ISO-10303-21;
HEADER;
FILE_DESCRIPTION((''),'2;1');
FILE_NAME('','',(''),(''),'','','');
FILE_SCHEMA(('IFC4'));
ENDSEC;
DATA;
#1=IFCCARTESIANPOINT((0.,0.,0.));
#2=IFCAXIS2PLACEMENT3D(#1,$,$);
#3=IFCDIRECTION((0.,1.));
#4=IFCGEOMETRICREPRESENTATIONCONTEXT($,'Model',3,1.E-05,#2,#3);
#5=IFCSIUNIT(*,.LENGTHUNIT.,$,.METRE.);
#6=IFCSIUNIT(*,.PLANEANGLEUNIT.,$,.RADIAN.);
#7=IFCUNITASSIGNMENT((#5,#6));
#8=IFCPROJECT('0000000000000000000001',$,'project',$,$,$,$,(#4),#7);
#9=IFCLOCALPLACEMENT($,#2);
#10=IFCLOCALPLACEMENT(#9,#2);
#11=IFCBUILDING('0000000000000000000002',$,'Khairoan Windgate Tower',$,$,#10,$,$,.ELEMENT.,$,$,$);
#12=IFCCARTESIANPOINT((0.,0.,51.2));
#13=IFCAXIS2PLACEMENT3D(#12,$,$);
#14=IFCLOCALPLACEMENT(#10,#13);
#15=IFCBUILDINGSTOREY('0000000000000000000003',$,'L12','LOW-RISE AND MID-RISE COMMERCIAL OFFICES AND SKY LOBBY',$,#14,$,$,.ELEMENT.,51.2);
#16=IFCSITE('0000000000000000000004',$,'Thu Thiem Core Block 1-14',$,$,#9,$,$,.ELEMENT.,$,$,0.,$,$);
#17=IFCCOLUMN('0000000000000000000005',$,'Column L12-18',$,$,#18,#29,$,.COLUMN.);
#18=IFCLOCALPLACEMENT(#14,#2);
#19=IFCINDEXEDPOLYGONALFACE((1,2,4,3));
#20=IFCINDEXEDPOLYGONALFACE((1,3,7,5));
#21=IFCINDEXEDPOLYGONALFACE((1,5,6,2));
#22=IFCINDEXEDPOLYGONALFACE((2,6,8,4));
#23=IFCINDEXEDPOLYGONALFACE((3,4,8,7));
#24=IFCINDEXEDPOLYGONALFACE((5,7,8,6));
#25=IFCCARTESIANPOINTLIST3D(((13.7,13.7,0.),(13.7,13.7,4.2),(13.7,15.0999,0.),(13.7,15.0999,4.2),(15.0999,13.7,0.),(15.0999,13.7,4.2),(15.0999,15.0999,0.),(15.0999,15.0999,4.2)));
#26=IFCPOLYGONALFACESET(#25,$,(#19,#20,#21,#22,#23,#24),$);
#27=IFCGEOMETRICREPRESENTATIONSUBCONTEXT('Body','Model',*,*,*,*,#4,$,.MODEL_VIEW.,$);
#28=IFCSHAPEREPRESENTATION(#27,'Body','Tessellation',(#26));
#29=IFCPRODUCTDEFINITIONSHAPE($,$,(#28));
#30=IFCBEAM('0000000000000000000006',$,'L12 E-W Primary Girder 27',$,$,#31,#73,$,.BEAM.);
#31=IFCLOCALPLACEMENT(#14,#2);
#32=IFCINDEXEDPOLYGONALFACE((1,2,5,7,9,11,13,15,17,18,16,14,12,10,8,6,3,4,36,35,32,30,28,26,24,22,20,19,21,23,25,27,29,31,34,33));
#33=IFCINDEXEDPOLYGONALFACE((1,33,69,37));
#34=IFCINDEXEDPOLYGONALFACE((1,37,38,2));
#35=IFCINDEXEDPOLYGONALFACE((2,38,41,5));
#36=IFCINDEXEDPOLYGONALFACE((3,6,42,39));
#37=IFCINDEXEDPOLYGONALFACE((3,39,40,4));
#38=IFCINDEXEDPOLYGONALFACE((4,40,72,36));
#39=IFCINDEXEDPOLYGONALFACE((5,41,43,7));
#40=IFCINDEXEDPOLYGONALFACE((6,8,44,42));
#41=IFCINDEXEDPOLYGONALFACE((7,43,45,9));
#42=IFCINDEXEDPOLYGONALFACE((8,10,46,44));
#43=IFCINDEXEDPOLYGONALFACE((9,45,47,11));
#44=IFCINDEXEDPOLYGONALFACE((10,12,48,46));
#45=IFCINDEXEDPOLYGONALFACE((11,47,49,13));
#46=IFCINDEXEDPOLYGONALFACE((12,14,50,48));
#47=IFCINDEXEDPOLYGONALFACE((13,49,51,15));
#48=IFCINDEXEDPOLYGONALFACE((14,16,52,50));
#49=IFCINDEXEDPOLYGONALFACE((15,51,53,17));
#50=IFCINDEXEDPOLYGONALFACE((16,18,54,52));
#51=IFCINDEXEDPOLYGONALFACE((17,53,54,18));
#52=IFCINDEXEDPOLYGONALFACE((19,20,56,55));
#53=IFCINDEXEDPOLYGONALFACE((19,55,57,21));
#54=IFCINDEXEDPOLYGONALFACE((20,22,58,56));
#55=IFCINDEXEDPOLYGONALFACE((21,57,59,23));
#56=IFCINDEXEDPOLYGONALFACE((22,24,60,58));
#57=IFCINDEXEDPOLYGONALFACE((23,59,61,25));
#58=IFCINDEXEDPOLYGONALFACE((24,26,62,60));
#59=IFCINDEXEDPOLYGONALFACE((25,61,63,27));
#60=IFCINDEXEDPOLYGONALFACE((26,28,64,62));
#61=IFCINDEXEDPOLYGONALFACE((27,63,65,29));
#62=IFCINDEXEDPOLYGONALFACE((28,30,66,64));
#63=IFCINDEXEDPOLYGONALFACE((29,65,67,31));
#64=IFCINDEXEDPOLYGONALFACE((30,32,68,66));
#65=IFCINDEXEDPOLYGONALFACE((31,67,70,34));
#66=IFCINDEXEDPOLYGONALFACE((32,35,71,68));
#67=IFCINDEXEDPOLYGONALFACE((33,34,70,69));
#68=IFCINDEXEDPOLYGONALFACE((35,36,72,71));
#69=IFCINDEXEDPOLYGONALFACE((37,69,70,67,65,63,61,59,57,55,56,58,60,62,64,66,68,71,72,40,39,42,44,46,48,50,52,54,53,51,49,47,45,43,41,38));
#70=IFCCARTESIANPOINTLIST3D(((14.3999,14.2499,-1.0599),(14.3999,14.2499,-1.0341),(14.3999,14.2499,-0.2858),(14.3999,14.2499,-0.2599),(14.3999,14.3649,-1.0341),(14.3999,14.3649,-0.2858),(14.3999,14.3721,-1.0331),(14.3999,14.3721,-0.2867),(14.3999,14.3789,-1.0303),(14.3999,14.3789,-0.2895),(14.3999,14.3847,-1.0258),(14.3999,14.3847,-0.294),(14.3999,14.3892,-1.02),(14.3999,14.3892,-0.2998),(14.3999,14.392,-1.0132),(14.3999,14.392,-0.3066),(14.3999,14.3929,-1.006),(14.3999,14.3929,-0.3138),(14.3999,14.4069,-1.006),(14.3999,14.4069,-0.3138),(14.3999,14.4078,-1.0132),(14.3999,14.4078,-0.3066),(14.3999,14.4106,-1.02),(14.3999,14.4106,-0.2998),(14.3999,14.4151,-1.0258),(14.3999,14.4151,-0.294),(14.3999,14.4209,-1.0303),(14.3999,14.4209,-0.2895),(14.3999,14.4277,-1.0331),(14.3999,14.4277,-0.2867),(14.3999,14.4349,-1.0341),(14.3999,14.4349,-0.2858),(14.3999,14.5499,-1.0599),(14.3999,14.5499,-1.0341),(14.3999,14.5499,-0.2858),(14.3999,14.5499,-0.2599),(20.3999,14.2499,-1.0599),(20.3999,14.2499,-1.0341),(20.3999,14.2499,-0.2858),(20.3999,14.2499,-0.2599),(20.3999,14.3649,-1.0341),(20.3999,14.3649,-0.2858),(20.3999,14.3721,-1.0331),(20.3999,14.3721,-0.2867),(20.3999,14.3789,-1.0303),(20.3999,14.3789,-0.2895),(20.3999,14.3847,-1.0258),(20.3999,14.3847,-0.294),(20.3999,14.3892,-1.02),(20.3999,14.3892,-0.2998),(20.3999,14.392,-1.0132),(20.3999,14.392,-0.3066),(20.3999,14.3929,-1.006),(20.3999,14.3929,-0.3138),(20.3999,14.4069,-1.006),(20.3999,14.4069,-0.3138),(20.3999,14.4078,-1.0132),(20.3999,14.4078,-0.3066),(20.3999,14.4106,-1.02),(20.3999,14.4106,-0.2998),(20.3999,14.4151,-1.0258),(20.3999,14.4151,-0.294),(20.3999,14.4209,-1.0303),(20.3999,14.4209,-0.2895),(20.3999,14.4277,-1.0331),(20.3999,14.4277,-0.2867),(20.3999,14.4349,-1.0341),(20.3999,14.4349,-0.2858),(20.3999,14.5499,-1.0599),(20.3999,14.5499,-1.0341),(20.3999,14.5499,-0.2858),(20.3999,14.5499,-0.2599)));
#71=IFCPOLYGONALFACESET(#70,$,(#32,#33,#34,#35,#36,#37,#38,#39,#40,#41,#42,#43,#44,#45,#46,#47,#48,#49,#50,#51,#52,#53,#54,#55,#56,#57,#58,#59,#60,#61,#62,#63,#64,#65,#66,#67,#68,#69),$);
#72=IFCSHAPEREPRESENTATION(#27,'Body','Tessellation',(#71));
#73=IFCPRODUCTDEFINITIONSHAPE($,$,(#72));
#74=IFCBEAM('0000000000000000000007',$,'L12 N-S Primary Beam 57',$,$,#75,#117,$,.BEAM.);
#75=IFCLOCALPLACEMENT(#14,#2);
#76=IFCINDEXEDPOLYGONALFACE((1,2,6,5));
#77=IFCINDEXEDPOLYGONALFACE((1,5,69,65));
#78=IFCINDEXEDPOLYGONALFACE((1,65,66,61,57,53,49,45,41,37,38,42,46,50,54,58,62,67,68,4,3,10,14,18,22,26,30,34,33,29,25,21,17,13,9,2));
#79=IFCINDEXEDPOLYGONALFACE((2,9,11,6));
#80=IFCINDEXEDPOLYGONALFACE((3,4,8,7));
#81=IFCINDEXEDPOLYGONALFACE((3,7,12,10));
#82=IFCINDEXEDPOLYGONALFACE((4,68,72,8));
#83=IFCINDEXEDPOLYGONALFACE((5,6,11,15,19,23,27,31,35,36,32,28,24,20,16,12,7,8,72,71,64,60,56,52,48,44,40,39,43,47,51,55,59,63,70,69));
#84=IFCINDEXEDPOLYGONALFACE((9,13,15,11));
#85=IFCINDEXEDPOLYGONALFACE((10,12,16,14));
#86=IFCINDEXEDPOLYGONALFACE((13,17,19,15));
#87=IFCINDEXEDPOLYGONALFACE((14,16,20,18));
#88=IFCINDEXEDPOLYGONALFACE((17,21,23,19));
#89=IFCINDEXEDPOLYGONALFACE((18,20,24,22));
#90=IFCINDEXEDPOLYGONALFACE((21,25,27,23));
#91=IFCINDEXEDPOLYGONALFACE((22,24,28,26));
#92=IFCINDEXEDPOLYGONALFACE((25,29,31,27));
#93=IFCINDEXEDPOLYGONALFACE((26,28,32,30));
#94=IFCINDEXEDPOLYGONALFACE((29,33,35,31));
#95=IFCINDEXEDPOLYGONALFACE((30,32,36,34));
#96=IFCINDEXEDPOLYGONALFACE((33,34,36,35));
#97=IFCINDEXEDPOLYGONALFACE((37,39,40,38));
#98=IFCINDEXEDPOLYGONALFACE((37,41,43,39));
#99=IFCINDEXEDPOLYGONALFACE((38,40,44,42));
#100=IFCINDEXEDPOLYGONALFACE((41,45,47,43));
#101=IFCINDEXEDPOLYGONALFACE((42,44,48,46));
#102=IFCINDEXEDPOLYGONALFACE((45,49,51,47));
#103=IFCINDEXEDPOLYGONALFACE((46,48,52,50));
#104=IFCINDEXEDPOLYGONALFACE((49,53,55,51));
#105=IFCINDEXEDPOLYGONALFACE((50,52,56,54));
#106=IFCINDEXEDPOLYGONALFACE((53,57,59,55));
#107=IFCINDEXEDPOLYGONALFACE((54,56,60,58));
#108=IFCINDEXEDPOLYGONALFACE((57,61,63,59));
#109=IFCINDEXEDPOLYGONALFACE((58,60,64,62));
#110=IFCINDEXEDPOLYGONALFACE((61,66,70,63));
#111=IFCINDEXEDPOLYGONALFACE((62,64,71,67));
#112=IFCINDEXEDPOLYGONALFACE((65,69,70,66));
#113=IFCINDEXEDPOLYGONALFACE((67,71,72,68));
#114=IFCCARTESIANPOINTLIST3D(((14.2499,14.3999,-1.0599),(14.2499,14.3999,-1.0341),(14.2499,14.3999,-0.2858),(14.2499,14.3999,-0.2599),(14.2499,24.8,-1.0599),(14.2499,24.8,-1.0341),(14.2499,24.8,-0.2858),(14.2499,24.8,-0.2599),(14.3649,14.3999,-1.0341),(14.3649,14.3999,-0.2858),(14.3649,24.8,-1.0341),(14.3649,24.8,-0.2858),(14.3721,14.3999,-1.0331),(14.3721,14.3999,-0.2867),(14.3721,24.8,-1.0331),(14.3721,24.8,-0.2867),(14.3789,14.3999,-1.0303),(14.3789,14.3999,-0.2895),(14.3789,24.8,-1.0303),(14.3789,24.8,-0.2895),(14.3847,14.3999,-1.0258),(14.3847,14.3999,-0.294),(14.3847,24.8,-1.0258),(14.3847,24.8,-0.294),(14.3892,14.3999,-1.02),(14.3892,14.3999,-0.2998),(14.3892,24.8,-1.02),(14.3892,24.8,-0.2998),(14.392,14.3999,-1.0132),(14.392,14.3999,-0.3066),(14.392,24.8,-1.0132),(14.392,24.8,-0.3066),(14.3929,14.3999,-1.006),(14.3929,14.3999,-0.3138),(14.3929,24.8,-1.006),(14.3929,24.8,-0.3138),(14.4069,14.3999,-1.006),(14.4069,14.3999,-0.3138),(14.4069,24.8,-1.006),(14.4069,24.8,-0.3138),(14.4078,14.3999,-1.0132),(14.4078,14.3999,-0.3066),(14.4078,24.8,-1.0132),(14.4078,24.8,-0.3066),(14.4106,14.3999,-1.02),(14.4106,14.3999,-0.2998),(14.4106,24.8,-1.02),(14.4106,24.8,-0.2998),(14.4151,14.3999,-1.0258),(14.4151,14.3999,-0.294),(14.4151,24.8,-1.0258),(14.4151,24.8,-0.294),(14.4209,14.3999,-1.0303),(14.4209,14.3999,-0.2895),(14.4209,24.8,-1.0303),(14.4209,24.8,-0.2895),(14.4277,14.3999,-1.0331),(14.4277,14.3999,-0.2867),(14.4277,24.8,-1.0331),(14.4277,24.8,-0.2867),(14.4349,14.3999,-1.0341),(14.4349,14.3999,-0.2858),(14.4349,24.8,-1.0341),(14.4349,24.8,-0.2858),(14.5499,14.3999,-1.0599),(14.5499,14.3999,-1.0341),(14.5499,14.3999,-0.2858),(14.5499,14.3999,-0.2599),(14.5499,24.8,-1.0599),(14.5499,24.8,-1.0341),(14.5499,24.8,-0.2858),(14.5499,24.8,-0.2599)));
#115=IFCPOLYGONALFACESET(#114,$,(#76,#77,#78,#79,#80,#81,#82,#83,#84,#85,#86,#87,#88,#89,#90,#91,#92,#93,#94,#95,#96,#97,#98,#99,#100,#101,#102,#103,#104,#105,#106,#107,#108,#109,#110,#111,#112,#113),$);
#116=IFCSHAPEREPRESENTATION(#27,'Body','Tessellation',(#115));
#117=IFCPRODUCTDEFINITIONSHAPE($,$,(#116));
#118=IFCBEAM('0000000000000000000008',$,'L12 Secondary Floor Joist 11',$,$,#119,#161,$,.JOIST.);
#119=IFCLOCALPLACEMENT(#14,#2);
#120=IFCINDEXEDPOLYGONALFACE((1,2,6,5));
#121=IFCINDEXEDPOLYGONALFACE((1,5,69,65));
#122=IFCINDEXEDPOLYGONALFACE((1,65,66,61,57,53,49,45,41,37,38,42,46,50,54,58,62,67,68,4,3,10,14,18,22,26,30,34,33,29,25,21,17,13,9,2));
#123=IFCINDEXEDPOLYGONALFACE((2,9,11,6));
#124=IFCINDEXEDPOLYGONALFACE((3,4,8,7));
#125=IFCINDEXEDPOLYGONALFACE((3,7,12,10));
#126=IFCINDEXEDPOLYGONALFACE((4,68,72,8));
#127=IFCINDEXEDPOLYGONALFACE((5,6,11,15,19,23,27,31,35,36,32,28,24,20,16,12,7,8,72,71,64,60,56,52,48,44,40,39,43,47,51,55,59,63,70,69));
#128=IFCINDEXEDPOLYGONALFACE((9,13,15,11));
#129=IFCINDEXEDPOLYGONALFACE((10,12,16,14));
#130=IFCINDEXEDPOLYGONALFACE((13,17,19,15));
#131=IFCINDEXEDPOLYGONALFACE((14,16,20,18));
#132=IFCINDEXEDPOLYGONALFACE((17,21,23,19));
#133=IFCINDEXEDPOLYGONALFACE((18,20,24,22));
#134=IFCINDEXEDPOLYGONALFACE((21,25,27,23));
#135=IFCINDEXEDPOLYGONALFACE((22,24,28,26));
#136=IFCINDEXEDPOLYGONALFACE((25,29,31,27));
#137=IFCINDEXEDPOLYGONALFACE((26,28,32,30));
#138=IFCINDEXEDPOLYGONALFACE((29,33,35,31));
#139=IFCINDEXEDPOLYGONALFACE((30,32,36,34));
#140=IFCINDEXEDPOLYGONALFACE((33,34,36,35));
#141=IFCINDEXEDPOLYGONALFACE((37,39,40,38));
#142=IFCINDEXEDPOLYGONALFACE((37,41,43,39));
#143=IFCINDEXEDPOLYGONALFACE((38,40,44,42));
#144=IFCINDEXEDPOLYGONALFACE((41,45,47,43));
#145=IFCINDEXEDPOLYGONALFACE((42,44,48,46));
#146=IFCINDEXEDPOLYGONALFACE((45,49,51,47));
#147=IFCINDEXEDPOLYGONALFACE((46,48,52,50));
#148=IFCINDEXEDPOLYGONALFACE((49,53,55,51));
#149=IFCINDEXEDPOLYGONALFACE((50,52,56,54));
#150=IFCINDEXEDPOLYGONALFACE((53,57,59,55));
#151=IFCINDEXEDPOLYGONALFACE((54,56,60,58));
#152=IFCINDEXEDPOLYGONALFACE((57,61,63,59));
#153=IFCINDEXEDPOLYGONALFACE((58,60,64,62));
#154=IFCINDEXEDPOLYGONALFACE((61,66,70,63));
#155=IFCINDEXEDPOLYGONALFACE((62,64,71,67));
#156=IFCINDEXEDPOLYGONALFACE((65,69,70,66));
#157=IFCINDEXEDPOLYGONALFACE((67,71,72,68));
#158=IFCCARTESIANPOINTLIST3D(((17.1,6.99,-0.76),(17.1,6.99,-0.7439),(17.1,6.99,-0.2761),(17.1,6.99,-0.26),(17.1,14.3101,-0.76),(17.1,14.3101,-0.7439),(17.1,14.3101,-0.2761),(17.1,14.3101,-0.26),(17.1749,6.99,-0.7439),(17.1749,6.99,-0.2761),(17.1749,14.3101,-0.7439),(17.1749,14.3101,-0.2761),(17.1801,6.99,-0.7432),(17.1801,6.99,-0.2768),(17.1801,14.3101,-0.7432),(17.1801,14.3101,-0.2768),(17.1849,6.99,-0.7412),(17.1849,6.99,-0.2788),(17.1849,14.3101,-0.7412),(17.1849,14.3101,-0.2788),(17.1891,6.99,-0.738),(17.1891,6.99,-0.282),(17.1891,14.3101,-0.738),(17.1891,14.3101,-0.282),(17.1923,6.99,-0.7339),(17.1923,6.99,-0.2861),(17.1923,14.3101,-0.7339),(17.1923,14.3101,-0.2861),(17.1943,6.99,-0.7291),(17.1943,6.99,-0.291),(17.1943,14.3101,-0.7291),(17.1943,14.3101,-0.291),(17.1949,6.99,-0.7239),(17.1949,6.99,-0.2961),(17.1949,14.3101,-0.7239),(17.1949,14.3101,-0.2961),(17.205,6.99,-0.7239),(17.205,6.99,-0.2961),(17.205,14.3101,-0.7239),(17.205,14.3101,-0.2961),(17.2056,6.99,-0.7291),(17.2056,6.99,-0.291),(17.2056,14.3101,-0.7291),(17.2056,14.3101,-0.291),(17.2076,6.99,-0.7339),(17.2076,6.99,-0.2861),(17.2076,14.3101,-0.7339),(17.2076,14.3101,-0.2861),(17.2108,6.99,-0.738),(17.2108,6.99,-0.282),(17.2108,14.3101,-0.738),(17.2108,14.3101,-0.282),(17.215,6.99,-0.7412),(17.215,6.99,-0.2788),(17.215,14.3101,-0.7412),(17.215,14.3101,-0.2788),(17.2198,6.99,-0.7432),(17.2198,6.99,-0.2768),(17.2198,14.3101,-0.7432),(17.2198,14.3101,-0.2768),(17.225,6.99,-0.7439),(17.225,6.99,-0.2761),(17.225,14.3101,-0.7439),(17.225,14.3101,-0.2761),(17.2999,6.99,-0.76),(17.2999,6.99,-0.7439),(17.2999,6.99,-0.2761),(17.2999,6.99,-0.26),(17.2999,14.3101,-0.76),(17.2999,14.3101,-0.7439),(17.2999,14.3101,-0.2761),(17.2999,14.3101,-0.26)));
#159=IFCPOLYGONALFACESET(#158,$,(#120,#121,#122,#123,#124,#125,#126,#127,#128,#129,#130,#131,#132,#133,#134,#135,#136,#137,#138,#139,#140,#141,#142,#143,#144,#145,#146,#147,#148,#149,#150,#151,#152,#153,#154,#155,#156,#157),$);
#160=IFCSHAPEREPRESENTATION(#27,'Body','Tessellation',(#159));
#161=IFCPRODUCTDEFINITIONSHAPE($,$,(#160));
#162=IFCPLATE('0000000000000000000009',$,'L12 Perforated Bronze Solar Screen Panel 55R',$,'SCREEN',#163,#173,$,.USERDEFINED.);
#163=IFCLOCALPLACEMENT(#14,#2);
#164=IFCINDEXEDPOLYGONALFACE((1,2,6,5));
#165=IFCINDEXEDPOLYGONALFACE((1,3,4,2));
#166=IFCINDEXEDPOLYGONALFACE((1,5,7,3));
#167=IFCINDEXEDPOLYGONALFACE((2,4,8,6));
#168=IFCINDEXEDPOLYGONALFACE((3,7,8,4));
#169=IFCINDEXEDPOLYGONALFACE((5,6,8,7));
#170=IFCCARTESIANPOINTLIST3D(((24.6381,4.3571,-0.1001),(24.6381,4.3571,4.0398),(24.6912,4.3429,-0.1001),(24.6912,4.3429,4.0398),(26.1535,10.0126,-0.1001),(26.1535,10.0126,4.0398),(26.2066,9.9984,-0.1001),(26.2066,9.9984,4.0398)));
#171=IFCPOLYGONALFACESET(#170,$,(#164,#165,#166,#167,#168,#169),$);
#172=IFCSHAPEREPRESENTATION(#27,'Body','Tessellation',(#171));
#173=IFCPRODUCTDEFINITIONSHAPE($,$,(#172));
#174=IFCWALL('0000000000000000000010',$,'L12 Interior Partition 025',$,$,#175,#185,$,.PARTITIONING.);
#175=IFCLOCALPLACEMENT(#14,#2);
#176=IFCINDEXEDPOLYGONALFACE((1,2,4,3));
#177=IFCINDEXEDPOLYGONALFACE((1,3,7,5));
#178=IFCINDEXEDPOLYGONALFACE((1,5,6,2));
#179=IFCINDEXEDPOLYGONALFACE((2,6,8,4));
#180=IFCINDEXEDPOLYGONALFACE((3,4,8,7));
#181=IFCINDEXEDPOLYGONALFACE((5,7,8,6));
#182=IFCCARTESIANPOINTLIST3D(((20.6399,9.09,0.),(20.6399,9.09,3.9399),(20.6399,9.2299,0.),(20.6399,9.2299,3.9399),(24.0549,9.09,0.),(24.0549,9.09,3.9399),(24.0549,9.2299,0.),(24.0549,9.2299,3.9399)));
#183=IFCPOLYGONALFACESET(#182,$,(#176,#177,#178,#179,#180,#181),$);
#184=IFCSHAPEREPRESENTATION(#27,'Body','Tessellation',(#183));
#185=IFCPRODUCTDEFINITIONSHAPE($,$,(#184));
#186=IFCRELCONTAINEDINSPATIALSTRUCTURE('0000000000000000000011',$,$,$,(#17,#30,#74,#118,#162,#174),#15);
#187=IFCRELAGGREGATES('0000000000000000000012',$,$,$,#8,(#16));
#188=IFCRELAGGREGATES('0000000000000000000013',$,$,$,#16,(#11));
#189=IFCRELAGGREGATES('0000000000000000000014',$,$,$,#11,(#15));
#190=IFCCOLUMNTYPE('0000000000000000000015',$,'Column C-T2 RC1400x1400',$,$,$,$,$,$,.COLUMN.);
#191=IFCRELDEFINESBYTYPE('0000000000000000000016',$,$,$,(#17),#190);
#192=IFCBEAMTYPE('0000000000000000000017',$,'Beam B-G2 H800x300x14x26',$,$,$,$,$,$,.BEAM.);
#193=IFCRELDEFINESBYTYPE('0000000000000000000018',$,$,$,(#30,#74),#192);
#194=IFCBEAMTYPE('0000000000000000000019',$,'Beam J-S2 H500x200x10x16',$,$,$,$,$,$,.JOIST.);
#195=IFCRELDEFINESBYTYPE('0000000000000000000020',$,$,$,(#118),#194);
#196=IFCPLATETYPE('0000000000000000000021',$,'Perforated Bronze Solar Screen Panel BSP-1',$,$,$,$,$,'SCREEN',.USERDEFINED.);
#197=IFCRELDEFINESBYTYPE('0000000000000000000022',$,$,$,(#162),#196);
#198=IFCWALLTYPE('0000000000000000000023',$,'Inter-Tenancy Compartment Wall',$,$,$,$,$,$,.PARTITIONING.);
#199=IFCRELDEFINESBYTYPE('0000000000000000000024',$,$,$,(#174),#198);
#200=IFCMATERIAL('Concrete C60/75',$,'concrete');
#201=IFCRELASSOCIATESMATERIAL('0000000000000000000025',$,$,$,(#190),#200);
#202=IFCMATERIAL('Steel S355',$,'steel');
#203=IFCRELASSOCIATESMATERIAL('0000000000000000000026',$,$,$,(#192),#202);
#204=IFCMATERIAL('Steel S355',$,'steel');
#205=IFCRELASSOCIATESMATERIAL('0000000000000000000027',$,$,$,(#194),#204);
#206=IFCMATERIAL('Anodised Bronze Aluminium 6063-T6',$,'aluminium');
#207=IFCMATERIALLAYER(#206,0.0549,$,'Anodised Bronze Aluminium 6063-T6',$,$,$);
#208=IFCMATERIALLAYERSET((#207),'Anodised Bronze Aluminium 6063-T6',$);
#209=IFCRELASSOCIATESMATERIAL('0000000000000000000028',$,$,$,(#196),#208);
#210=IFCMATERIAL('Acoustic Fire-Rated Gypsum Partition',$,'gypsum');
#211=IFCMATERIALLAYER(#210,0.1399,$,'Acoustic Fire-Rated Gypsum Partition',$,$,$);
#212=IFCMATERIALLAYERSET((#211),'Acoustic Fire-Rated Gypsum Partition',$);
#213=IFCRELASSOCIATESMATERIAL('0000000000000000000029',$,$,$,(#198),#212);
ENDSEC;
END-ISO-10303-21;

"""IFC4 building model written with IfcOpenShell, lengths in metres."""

from ifc_helpers import new_model, si_unit, direction, frame, frame_2d, origin, origin_2d, place, context, subcontext, project, spatial, rectangle, i_section, extrude, material, layer, layer_set, material_profile, profile_set, type_object, element, save


model = new_model("IFC4")

# Units and contexts
model_context = context("Model", 3, precision=1e-05, world=origin(), true_north=direction((0.0, 1.0)))
body_context = subcontext(model_context, "Body", "Model", "MODEL_VIEW")
ifc_project = project(units=[si_unit("LENGTHUNIT", "METRE"), si_unit("PLANEANGLEUNIT", "RADIAN")], contexts=[model_context])

# Site, building, storey
site_placement = place(None, origin())
site = spatial("IfcSite", under=ifc_project, at=site_placement, Name="Thu Thiem Core Block 1-14", CompositionType="ELEMENT", RefElevation=0.0)
building_placement = place(site_placement, origin())
building = spatial("IfcBuilding", under=site, at=building_placement, Name="Khairoan Windgate Tower", CompositionType="ELEMENT")
storey_placement = place(building_placement, frame((0.0, 0.0, 51.2)))
storey = spatial("IfcBuildingStorey", under=building, at=storey_placement, Name="L12", Description="LOW-RISE AND MID-RISE COMMERCIAL OFFICES AND SKY LOBBY", CompositionType="ELEMENT", Elevation=51.2)

# Column
ifc_material_1 = material(Name="Concrete C60/75", Category="concrete")
ifc_material_profile_1 = material_profile(ifc_material_1, rectangle(XDim=1.3999, YDim=1.3999, at=origin_2d()))
ifc_profile_set_1 = profile_set([ifc_material_profile_1], Name="Concrete C60/75")
column_type = type_object("IfcColumnType", Name="Column C-T2 RC1400x1400", PredefinedType="COLUMN", material=ifc_profile_set_1)
column_placement = place(storey_placement, frame((14.3999, 14.3999, 0.0), z_axis=(0.0, 0.0, 1.0), x_axis=(1.0, 0.0, 0.0)))
element("IfcColumn", 1, at=column_placement, inside=storey, type_object=column_type, Name="Column L12-18", PredefinedType="COLUMN", context=body_context, shape_type="SweptSolid", body=[
    extrude(rectangle(XDim=1.3999, YDim=1.3999, at=origin_2d()), origin(), (0.0, 0.0, 1.0), 4.2),
])

# Beams
ifc_material_2 = material(Name="Steel S355", Category="steel")
ifc_material_profile_2 = material_profile(ifc_material_2, i_section(OverallWidth=0.3, OverallDepth=0.8, WebThickness=0.0139, FlangeThickness=0.0259, FilletRadius=0.0281, at=origin_2d()))
ifc_profile_set_2 = profile_set([ifc_material_profile_2], Name="Steel S355")
beam_type_1 = type_object("IfcBeamType", Name="Beam B-G2 H800x300x14x26", PredefinedType="BEAM", material=ifc_profile_set_2)
beam_1_placement = place(storey_placement, frame((14.3999, 14.3999, -0.6599), z_axis=(1.0, 0.0, 0.0), x_axis=(0.0, 1.0, 0.0)))
element("IfcBeam", 2, at=beam_1_placement, inside=storey, type_object=beam_type_1, Name="L12 E-W Primary Girder 27", PredefinedType="BEAM", context=body_context, shape_type="SweptSolid", body=[
    extrude(i_section(OverallWidth=0.3, OverallDepth=0.8, WebThickness=0.0139, FlangeThickness=0.0259, FilletRadius=0.0281, at=origin_2d()), origin(), (0.0, 0.0, 1.0), 6.0),
])
beam_2_placement = place(storey_placement, frame((14.3999, 14.3999, -0.6599), z_axis=(0.0, 1.0, 0.0), x_axis=(-1.0, 0.0, 0.0)))
element("IfcBeam", 3, at=beam_2_placement, inside=storey, type_object=beam_type_1, Name="L12 N-S Primary Beam 57", PredefinedType="BEAM", context=body_context, shape_type="SweptSolid", body=[
    extrude(i_section(OverallWidth=0.3, OverallDepth=0.8, WebThickness=0.0139, FlangeThickness=0.0259, FilletRadius=0.0281, at=origin_2d()), origin(), (0.0, 0.0, 1.0), 10.4001),
])
ifc_material_3 = material(Name="Steel S355", Category="steel")
ifc_material_profile_3 = material_profile(ifc_material_3, i_section(OverallWidth=0.2, OverallDepth=0.5, WebThickness=0.01, FlangeThickness=0.0161, FilletRadius=0.02, at=origin_2d()))
ifc_profile_set_3 = profile_set([ifc_material_profile_3], Name="Steel S355")
beam_type_2 = type_object("IfcBeamType", Name="Beam J-S2 H500x200x10x16", PredefinedType="JOIST", material=ifc_profile_set_3)
beam_3_placement = place(storey_placement, frame((17.2, 6.99, -0.51), z_axis=(0.0, 1.0, 0.0), x_axis=(-1.0, 0.0, 0.0)))
element("IfcBeam", 4, at=beam_3_placement, inside=storey, type_object=beam_type_2, Name="L12 Secondary Floor Joist 11", PredefinedType="JOIST", context=body_context, shape_type="SweptSolid", body=[
    extrude(i_section(OverallWidth=0.2, OverallDepth=0.5, WebThickness=0.01, FlangeThickness=0.0161, FilletRadius=0.02, at=origin_2d()), origin(), (0.0, 0.0, 1.0), 7.3201),
])

# Plate
ifc_material_4 = material(Name="Anodised Bronze Aluminium 6063-T6", Category="aluminium")
ifc_layer_1 = layer(ifc_material_4, 0.0549, Name="Anodised Bronze Aluminium 6063-T6")
ifc_layer_set_1 = layer_set([ifc_layer_1], Name="Anodised Bronze Aluminium 6063-T6")
plate_type = type_object("IfcPlateType", Name="Perforated Bronze Solar Screen Panel BSP-1", ElementType="SCREEN", PredefinedType="USERDEFINED", material=ifc_layer_set_1)
plate_placement = place(storey_placement, frame((25.4224, 7.1777, -0.1001), z_axis=(0.0, 0.0, 1.0), x_axis=(-0.258819, -0.965926, 0.0)))
element("IfcPlate", 5, at=plate_placement, inside=storey, type_object=plate_type, Name="L12 Perforated Bronze Solar Screen Panel 55R", ObjectType="SCREEN", PredefinedType="USERDEFINED", context=body_context, shape_type="SweptSolid", body=[
    extrude(rectangle(XDim=5.855, YDim=0.0549, at=origin_2d()), origin(), (0.0, 0.0, 1.0), 4.1399),
])

# Wall
ifc_material_5 = material(Name="Acoustic Fire-Rated Gypsum Partition", Category="gypsum")
ifc_layer_2 = layer(ifc_material_5, 0.1399, Name="Acoustic Fire-Rated Gypsum Partition")
ifc_layer_set_2 = layer_set([ifc_layer_2], Name="Acoustic Fire-Rated Gypsum Partition")
wall_type_1 = type_object("IfcWallType", Name="Inter-Tenancy Compartment Wall", PredefinedType="PARTITIONING", material=ifc_layer_set_2)
wall_1_placement = place(storey_placement, frame((20.6399, 9.1599, 0.0), z_axis=(0.0, 0.0, 1.0), x_axis=(1.0, 0.0, 0.0)))
element("IfcWall", 6, at=wall_1_placement, inside=storey, type_object=wall_type_1, Name="L12 Interior Partition 025", PredefinedType="PARTITIONING", context=body_context, shape_type="SweptSolid", body=[
    extrude(rectangle(XDim=3.415, YDim=0.1399, at=frame_2d((1.7075, 0.0))), origin(), (0.0, 0.0, 1.0), 3.9399),
])

save(model, "model.ifc")
